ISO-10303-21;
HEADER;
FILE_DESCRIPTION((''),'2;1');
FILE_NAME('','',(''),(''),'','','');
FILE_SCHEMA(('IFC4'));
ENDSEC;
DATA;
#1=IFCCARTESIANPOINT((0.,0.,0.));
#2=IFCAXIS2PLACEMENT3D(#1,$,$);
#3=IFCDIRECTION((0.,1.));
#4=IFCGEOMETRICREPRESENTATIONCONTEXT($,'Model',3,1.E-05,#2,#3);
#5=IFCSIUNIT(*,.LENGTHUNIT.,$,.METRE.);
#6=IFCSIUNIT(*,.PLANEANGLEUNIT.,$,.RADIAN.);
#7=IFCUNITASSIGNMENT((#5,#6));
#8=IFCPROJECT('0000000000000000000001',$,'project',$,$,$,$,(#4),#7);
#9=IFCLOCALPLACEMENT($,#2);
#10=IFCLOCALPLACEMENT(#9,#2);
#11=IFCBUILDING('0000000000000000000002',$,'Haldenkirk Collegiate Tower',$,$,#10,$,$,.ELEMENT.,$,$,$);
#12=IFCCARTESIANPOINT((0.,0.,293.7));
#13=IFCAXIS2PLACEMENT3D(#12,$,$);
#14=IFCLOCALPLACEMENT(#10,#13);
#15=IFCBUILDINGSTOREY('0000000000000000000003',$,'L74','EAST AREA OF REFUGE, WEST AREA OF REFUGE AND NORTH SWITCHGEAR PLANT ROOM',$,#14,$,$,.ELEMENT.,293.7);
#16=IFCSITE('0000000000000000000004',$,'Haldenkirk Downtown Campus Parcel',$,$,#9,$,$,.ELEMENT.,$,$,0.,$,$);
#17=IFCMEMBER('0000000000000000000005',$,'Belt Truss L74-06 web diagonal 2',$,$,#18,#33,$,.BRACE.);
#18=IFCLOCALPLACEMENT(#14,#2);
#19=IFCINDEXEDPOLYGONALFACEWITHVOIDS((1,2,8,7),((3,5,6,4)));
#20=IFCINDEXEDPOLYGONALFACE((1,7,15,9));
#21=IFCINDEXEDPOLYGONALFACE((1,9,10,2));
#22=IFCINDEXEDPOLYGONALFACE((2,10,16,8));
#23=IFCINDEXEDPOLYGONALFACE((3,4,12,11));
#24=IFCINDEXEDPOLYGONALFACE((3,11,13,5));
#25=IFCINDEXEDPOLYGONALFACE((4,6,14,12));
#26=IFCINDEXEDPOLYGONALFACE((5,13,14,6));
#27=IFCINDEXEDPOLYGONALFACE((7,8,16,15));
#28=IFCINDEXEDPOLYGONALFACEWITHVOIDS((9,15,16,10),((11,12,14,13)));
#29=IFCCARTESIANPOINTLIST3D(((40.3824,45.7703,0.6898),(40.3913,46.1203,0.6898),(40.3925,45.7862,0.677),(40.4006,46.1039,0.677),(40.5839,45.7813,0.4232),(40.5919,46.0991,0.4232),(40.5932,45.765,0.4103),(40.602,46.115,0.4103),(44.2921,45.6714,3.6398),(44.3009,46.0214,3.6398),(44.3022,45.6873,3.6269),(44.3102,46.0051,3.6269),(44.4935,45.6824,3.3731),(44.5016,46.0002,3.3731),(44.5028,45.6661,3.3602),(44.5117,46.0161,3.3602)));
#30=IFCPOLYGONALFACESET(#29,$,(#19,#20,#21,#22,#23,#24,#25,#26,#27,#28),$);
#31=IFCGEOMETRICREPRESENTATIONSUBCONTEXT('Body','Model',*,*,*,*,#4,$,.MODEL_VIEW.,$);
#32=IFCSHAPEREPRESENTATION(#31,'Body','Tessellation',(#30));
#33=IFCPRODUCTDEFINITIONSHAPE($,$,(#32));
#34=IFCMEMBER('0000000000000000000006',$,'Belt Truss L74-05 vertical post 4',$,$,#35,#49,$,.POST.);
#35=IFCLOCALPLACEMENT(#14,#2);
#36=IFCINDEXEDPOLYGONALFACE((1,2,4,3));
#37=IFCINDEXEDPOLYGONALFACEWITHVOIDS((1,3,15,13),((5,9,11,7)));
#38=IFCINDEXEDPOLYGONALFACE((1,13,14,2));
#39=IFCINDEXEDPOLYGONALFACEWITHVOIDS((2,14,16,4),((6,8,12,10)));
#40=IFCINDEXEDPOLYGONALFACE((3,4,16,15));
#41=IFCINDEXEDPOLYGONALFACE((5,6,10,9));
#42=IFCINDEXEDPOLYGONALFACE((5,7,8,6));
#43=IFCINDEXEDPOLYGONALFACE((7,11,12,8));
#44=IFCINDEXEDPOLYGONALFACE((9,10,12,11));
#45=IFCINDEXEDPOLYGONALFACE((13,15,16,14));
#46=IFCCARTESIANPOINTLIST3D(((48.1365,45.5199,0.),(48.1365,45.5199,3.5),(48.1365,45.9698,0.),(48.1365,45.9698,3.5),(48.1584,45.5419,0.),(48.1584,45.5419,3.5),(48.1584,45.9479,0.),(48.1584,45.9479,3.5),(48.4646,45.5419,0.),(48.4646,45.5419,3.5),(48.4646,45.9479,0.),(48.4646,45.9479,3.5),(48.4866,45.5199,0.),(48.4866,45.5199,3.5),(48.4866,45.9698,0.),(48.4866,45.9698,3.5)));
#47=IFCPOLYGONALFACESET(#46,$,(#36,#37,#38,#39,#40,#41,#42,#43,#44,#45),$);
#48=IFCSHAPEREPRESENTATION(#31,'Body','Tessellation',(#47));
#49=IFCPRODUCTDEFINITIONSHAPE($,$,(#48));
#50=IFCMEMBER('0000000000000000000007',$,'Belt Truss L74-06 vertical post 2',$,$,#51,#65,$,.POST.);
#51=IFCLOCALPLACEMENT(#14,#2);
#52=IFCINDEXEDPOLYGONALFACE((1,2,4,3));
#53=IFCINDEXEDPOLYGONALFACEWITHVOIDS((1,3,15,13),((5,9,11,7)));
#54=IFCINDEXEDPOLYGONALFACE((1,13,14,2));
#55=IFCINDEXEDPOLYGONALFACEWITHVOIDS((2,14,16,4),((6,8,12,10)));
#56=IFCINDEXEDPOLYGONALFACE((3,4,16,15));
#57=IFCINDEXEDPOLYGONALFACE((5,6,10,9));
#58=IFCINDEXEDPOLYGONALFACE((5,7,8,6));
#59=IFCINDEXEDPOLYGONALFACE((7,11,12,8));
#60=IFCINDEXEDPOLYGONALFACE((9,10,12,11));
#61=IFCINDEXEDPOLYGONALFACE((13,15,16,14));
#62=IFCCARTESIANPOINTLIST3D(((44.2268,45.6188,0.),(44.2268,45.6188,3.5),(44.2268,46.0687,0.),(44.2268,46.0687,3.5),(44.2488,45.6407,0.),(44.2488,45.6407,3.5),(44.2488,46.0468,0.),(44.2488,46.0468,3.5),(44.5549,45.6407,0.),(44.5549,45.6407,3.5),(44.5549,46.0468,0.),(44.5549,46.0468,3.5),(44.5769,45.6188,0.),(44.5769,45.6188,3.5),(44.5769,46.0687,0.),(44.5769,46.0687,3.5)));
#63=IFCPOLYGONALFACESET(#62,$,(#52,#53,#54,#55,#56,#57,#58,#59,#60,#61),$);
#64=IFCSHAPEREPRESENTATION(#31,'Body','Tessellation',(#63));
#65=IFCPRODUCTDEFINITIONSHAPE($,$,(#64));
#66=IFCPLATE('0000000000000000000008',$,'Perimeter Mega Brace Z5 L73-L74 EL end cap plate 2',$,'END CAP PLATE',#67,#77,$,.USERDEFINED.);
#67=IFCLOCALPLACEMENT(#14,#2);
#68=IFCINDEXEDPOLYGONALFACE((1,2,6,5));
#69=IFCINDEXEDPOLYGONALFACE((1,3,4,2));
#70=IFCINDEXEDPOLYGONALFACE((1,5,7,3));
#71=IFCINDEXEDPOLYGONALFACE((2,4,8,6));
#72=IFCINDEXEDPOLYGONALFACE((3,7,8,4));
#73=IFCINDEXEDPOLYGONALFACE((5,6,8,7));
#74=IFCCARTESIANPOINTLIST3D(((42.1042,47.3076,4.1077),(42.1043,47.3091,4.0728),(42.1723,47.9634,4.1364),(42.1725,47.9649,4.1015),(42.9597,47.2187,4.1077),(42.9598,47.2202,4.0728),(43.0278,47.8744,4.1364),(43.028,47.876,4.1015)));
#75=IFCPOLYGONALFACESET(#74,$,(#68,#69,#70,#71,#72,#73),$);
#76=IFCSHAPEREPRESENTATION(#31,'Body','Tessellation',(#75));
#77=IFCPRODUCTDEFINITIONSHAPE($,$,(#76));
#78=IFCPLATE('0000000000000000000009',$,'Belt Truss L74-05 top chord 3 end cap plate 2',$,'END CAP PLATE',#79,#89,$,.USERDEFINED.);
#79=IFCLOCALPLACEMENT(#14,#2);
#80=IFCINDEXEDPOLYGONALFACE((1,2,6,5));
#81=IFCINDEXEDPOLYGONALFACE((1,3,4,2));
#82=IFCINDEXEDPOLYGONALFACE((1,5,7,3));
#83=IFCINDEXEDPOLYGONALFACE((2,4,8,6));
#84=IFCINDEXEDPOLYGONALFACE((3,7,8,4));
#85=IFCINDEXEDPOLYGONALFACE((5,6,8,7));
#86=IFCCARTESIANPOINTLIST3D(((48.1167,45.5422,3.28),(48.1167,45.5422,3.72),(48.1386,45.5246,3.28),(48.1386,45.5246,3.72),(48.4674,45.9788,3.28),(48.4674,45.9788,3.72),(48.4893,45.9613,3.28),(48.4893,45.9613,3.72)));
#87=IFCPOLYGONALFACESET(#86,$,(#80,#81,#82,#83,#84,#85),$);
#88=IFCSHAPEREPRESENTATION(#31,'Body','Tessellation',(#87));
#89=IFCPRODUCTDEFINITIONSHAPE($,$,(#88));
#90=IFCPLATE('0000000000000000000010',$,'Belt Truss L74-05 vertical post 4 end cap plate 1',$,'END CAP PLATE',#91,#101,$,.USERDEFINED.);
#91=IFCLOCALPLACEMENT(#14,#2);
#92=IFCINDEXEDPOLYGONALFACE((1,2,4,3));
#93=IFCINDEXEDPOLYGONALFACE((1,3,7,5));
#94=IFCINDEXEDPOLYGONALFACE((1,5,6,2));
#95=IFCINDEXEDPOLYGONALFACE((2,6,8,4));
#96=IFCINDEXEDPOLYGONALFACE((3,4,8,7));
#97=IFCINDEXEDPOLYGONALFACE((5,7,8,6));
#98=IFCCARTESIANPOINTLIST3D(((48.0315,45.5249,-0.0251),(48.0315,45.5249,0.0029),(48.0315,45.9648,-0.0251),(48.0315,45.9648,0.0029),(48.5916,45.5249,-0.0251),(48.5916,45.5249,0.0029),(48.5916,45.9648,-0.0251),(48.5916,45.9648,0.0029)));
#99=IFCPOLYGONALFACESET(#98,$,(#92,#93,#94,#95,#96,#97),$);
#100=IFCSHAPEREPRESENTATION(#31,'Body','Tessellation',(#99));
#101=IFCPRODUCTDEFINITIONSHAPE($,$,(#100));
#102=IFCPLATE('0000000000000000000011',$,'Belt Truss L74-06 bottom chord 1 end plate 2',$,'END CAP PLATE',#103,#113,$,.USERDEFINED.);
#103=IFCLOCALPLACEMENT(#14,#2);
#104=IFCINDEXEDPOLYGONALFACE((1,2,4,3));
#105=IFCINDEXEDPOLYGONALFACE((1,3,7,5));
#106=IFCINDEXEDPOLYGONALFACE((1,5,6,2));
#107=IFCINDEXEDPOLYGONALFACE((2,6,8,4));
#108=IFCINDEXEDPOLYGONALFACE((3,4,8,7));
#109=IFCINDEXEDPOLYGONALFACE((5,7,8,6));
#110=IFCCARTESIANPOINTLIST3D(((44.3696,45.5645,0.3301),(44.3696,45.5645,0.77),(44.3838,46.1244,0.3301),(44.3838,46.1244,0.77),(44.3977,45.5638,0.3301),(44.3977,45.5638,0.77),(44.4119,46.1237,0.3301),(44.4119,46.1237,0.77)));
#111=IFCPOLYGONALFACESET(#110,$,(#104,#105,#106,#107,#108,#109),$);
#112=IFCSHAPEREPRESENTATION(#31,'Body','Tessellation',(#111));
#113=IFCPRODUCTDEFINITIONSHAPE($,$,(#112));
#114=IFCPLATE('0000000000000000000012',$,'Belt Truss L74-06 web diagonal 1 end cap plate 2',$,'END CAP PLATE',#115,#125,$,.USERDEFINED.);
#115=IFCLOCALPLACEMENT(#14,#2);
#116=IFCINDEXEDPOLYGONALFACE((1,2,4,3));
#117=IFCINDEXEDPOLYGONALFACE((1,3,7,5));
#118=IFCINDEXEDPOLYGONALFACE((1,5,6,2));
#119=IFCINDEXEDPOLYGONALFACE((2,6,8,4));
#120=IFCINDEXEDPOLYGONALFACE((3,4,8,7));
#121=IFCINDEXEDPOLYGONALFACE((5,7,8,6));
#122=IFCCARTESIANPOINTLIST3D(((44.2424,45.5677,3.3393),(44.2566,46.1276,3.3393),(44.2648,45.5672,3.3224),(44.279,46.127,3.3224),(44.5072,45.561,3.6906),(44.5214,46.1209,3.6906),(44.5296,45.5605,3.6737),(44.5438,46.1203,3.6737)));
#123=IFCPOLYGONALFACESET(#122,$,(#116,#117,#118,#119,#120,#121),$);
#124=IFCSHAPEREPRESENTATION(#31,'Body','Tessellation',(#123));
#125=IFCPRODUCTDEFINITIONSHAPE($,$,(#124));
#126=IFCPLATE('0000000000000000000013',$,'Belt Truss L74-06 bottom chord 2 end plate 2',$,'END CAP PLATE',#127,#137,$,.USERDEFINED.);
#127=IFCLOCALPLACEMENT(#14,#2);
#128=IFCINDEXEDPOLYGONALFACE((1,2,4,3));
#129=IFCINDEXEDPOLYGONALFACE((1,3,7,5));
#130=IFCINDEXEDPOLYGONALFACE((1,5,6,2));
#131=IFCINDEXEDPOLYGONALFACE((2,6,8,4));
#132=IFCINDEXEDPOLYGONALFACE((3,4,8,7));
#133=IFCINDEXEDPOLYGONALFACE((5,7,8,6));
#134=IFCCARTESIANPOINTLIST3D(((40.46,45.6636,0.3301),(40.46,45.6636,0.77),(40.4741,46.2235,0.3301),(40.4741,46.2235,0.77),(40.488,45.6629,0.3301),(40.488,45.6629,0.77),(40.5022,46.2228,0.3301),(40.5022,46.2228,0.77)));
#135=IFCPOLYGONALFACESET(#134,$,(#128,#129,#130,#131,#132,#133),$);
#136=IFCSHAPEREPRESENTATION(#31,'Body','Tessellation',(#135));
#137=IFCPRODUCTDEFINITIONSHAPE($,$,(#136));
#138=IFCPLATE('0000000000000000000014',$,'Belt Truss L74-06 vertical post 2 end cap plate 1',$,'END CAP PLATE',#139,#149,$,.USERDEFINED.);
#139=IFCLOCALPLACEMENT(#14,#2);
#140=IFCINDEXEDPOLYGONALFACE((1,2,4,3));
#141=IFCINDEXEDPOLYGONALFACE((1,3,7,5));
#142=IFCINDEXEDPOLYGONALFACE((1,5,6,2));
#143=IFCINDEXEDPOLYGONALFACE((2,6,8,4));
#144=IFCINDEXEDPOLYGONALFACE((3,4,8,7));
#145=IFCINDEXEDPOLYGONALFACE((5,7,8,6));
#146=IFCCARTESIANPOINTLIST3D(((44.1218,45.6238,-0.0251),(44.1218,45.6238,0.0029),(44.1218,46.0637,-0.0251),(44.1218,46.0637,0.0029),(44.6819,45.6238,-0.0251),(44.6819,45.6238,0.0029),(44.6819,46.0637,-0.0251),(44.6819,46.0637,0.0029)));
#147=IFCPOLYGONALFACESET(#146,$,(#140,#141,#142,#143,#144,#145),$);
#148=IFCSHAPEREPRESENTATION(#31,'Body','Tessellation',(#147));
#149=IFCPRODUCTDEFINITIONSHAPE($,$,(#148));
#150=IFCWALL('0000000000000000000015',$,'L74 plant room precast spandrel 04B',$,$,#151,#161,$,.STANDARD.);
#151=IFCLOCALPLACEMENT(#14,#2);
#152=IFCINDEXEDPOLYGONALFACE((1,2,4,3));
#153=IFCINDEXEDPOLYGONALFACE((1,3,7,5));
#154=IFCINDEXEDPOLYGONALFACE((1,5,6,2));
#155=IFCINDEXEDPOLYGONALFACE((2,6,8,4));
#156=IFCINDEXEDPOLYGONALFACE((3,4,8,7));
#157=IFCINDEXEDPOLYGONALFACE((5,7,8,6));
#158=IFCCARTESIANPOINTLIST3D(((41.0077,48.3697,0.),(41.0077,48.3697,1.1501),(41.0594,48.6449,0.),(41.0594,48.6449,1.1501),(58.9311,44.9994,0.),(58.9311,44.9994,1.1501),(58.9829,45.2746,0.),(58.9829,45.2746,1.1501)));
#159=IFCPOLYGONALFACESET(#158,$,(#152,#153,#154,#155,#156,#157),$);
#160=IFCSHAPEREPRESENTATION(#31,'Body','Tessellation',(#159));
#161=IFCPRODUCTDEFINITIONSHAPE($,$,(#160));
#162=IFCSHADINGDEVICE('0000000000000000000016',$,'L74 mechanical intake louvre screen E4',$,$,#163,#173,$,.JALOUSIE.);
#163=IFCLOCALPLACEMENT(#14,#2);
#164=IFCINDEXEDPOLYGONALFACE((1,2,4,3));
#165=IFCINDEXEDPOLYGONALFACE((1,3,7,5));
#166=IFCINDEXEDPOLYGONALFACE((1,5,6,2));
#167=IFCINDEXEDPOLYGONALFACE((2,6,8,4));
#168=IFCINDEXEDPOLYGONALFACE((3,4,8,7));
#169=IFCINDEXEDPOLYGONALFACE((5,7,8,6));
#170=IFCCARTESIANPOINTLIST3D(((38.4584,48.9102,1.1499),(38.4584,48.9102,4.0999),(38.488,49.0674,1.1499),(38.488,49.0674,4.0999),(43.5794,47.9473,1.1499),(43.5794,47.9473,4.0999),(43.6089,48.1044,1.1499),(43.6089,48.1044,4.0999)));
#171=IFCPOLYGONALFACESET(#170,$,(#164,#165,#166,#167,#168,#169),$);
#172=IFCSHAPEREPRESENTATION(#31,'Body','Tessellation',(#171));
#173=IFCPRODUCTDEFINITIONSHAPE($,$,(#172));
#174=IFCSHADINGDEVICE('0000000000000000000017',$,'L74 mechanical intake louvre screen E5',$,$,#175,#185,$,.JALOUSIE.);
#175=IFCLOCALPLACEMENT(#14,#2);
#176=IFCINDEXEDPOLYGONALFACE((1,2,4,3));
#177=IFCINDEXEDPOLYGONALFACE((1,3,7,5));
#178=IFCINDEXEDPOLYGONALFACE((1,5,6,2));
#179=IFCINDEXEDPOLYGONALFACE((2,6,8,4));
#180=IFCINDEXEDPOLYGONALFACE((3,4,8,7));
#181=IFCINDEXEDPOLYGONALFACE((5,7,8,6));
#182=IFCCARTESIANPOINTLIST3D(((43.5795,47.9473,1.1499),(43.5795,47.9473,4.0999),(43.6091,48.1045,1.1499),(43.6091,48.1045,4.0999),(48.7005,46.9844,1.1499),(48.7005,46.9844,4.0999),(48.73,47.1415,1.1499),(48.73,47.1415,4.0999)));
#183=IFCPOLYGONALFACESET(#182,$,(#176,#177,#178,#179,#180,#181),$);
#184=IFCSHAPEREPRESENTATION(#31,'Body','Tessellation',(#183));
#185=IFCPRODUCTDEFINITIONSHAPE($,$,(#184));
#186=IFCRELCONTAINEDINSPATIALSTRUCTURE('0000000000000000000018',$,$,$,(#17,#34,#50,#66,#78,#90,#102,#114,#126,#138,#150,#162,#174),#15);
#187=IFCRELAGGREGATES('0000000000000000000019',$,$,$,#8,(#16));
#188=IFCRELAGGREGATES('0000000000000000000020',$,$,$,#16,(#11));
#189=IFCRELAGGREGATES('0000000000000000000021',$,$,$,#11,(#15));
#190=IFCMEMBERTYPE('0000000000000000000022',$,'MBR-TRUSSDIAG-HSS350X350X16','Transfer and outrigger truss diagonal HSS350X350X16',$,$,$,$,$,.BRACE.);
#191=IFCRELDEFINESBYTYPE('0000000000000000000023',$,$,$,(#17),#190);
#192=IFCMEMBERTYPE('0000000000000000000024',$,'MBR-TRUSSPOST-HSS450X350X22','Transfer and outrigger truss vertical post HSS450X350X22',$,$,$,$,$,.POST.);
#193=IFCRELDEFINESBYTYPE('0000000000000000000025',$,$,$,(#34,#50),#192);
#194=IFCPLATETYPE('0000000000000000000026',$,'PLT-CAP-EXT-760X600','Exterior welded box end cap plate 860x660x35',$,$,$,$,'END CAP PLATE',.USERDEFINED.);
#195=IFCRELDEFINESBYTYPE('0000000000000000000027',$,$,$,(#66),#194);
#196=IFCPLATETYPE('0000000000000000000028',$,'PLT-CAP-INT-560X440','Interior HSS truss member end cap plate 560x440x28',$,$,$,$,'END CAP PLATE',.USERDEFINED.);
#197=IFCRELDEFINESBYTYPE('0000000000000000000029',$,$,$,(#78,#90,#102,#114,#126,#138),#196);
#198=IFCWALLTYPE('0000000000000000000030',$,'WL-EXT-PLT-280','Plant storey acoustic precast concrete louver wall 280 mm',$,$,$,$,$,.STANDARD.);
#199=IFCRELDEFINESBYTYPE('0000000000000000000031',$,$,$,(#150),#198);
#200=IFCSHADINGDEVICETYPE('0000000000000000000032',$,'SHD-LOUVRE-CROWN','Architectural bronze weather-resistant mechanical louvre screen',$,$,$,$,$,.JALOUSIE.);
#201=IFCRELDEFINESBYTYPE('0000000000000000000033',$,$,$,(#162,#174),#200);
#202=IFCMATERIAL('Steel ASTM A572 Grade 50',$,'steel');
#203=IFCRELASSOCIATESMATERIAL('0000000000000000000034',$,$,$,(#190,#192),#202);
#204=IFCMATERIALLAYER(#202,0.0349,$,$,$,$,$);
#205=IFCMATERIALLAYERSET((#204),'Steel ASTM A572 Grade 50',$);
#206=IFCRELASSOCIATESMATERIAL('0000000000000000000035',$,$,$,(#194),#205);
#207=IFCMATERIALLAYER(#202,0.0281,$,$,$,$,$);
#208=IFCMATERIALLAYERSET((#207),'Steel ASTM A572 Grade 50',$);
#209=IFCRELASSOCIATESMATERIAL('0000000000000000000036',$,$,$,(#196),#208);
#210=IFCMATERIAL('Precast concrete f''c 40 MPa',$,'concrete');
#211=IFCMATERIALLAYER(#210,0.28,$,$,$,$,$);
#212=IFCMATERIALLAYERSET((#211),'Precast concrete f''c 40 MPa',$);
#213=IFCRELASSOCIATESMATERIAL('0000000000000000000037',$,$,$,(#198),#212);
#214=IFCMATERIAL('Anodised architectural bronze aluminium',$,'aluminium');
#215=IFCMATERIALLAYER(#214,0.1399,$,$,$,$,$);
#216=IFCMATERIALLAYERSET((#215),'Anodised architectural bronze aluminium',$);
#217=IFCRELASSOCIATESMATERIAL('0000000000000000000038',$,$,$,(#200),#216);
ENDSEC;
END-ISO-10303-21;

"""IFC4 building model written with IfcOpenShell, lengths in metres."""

from ifc_helpers import new_model, si_unit, direction, frame, frame_2d, origin, origin_2d, place, context, subcontext, project, spatial, rectangle, hollow_rectangle, extrude, source, transform, mapped, material, layer, layer_set, material_profile, profile_set, type_object, element, save


model = new_model("IFC4")

# Units and contexts
model_context = context("Model", 3, precision=1e-05, world=origin(), true_north=direction((0.0, 1.0)))
body_context = subcontext(model_context, "Body", "Model", "MODEL_VIEW")
ifc_project = project(units=[si_unit("LENGTHUNIT", "METRE"), si_unit("PLANEANGLEUNIT", "RADIAN")], contexts=[model_context])

# Site, building, storey
site_placement = place(None, origin())
site = spatial("IfcSite", under=ifc_project, at=site_placement, Name="Haldenkirk Downtown Campus Parcel", CompositionType="ELEMENT", RefElevation=0.0)
building_placement = place(site_placement, origin())
building = spatial("IfcBuilding", under=site, at=building_placement, Name="Haldenkirk Collegiate Tower", CompositionType="ELEMENT")
storey_placement = place(building_placement, frame((0.0, 0.0, 293.7)))
storey = spatial("IfcBuildingStorey", under=building, at=storey_placement, Name="L74", Description="EAST AREA OF REFUGE, WEST AREA OF REFUGE AND NORTH SWITCHGEAR PLANT ROOM", CompositionType="ELEMENT", Elevation=293.7)

# Members
ifc_material_1 = material(Name="Steel ASTM A572 Grade 50", Category="steel")
ifc_material_profile_1 = material_profile(ifc_material_1, hollow_rectangle(XDim=0.3501, YDim=0.3501, WallThickness=0.0161, at=origin_2d()), Name="HSS350X350X16")
ifc_profile_set_1 = profile_set([ifc_material_profile_1], Name="Steel ASTM A572 Grade 50")
member_type_1 = type_object("IfcMemberType", Name="MBR-TRUSSDIAG-HSS350X350X16", Description="Transfer and outrigger truss diagonal HSS350X350X16", PredefinedType="BRACE", material=ifc_profile_set_1)
for number, where, z_axis, x_axis, name in (
    (1, (44.4019, 45.8438, 3.5), (-0.798099, 0.020184, -0.602188), (-0.025282, -0.99968, 0.0), "Belt Truss L74-06 web diagonal 2"),
):
    element("IfcMember", number, at=place(storey_placement, frame(where, z_axis=z_axis, x_axis=x_axis)), inside=storey, type_object=member_type_1, Name=name, PredefinedType="BRACE", context=body_context, shape_type="SweptSolid", body=[
        extrude(hollow_rectangle(XDim=0.3501, YDim=0.3501, WallThickness=0.0161, at=origin_2d()), origin(), (0.0, 0.0, 1.0), 4.8987),
    ])
ifc_material_profile_2 = material_profile(ifc_material_1, hollow_rectangle(XDim=0.3501, YDim=0.45, WallThickness=0.022, at=origin_2d()), Name="HSS450X350X22")
ifc_profile_set_2 = profile_set([ifc_material_profile_2], Name="Steel ASTM A572 Grade 50")
member_type_2 = type_object("IfcMemberType", Name="MBR-TRUSSPOST-HSS450X350X22", Description="Transfer and outrigger truss vertical post HSS450X350X22", PredefinedType="POST", material=ifc_profile_set_2)
for number, where, z_axis, x_axis, name in (
    (2, (48.3115, 45.7449, 0.0), (0.0, 0.0, 1.0), (1.0, 0.0, 0.0), "Belt Truss L74-05 vertical post 4"),
    (3, (44.4019, 45.8438, 0.0), (0.0, 0.0, 1.0), (1.0, 0.0, 0.0), "Belt Truss L74-06 vertical post 2"),
):
    element("IfcMember", number, at=place(storey_placement, frame(where, z_axis=z_axis, x_axis=x_axis)), inside=storey, type_object=member_type_2, Name=name, PredefinedType="POST", context=body_context, shape_type="SweptSolid", body=[
        extrude(hollow_rectangle(XDim=0.3501, YDim=0.45, WallThickness=0.022, at=origin_2d()), origin(), (0.0, 0.0, 1.0), 3.5),
    ])

# Plates
ifc_layer_1 = layer(ifc_material_1, 0.0349)
ifc_layer_set_1 = layer_set([ifc_layer_1], Name="Steel ASTM A572 Grade 50")
plate_type_1 = type_object("IfcPlateType", Name="PLT-CAP-EXT-760X600", Description="Exterior welded box end cap plate 860x660x35", ElementType="END CAP PLATE", PredefinedType="USERDEFINED", material=ifc_layer_set_1)
shared_shape_1 = source(origin(), body_context, "Body", "SweptSolid", [
    extrude(rectangle(XDim=0.8601, YDim=0.6599, at=origin_2d()), origin(), (0.0, 0.0, 1.0), 0.0349),
])
plate_placement = place(storey_placement, frame((42.5662, 47.5925, 4.0872), z_axis=(-0.004491, -0.04321, 0.999056), x_axis=(0.994643, -0.103373, 0.0)))
element("IfcPlate", 4, at=plate_placement, inside=storey, type_object=plate_type_1, Name="Perimeter Mega Brace Z5 L73-L74 EL end cap plate 2", ObjectType="END CAP PLATE", PredefinedType="USERDEFINED", context=body_context, shape_type="MappedRepresentation", body=[
    mapped(shared_shape_1, transform((0.0, 0.0, 0.0), x_axis=(1.0, 0.0, 0.0), y_axis=(0.0, 1.0, 0.0), z_axis=(0.0, 0.0, 1.0), scale=1.0)),
])
ifc_layer_2 = layer(ifc_material_1, 0.0281)
ifc_layer_set_2 = layer_set([ifc_layer_2], Name="Steel ASTM A572 Grade 50")
plate_type_2 = type_object("IfcPlateType", Name="PLT-CAP-INT-560X440", Description="Interior HSS truss member end cap plate 560x440x28", ElementType="END CAP PLATE", PredefinedType="USERDEFINED", material=ifc_layer_set_2)
shared_shape_2 = source(origin(), body_context, "Body", "SweptSolid", [
    extrude(rectangle(XDim=0.5601, YDim=0.4399, at=origin_2d()), origin(), (0.0, 0.0, 1.0), 0.0281),
])
for number, where, z_axis, x_axis, name in (
    (5, (48.314, 45.7429, 3.5), (-0.779722, 0.626126, 0.0), (-0.626126, -0.779722, 0.0), "Belt Truss L74-05 top chord 3 end cap plate 2"),
    (6, (48.3115, 45.7449, 0.0029), (0.0, 0.0, -1.0), (1.0, 0.0, 0.0), "Belt Truss L74-05 vertical post 4 end cap plate 1"),
    (7, (44.4048, 45.8438, 0.55), (-0.99968, 0.025305, 0.0), (-0.025305, -0.99968, 0.0), "Belt Truss L74-06 bottom chord 1 end plate 2"),
    (8, (44.4043, 45.8438, 3.498), (-0.798104, 0.020209, 0.602181), (-0.025313, -0.99968, 0.0), "Belt Truss L74-06 web diagonal 1 end cap plate 2"),
    (9, (40.4951, 45.9429, 0.55), (-0.99968, 0.025305, 0.0), (-0.025305, -0.99968, 0.0), "Belt Truss L74-06 bottom chord 2 end plate 2"),
    (10, (44.4019, 45.8438, 0.0029), (0.0, 0.0, -1.0), (1.0, 0.0, 0.0), "Belt Truss L74-06 vertical post 2 end cap plate 1"),
):
    element("IfcPlate", number, at=place(storey_placement, frame(where, z_axis=z_axis, x_axis=x_axis)), inside=storey, type_object=plate_type_2, Name=name, ObjectType="END CAP PLATE", PredefinedType="USERDEFINED", context=body_context, shape_type="MappedRepresentation", body=[
        mapped(shared_shape_2, transform((0.0, 0.0, 0.0), x_axis=(1.0, 0.0, 0.0), y_axis=(0.0, 1.0, 0.0), z_axis=(0.0, 0.0, 1.0), scale=1.0)),
    ])

# Wall
ifc_material_2 = material(Name="Precast concrete f'c 40 MPa", Category="concrete")
ifc_layer_3 = layer(ifc_material_2, 0.28)
ifc_layer_set_3 = layer_set([ifc_layer_3], Name="Precast concrete f'c 40 MPa")
wall_type = type_object("IfcWallType", Name="WL-EXT-PLT-280", Description="Plant storey acoustic precast concrete louver wall 280 mm", PredefinedType="STANDARD", material=ifc_layer_set_3)
wall_placement = place(storey_placement, frame((41.0337, 48.5073, 0.0), z_axis=(0.0, 0.0, 1.0), x_axis=(0.982775, -0.184804, 0.0)))
element("IfcWall", 11, at=wall_placement, inside=storey, type_object=wall_type, Name="L74 plant room precast spandrel 04B", PredefinedType="STANDARD", context=body_context, shape_type="SweptSolid", body=[
    extrude(rectangle(XDim=18.2375, YDim=0.28, at=frame_2d((9.1187, 0.0))), origin(), (0.0, 0.0, 1.0), 1.1501),
])

# Shading devices
ifc_material_3 = material(Name="Anodised architectural bronze aluminium", Category="aluminium")
ifc_layer_4 = layer(ifc_material_3, 0.1399)
ifc_layer_set_4 = layer_set([ifc_layer_4], Name="Anodised architectural bronze aluminium")
shading_device_type = type_object("IfcShadingDeviceType", Name="SHD-LOUVRE-CROWN", Description="Architectural bronze weather-resistant mechanical louvre screen", PredefinedType="JALOUSIE", material=ifc_layer_set_4)
shared_shape_3 = source(origin(), body_context, "Body", "SweptSolid", [
    extrude(rectangle(XDim=5.2107, YDim=0.1599, at=origin_2d()), origin(), (0.0, 0.0, 1.0), 2.95),
])
for number, where, z_axis, x_axis, name in (
    (12, (41.0337, 48.5073, 1.1499), (0.0, 0.0, 1.0), (0.982774, -0.184809, 0.0), "L74 mechanical intake louvre screen E4"),
    (13, (46.1548, 47.5444, 1.1499), (0.0, 0.0, 1.0), (0.982774, -0.184809, 0.0), "L74 mechanical intake louvre screen E5"),
):
    element("IfcShadingDevice", number, at=place(storey_placement, frame(where, z_axis=z_axis, x_axis=x_axis)), inside=storey, type_object=shading_device_type, Name=name, PredefinedType="JALOUSIE", context=body_context, shape_type="MappedRepresentation", body=[
        mapped(shared_shape_3, transform((0.0, 0.0, 0.0), x_axis=(1.0, 0.0, 0.0), y_axis=(0.0, 1.0, 0.0), z_axis=(0.0, 0.0, 1.0), scale=1.0)),
    ])

save(model, "model.ifc")
